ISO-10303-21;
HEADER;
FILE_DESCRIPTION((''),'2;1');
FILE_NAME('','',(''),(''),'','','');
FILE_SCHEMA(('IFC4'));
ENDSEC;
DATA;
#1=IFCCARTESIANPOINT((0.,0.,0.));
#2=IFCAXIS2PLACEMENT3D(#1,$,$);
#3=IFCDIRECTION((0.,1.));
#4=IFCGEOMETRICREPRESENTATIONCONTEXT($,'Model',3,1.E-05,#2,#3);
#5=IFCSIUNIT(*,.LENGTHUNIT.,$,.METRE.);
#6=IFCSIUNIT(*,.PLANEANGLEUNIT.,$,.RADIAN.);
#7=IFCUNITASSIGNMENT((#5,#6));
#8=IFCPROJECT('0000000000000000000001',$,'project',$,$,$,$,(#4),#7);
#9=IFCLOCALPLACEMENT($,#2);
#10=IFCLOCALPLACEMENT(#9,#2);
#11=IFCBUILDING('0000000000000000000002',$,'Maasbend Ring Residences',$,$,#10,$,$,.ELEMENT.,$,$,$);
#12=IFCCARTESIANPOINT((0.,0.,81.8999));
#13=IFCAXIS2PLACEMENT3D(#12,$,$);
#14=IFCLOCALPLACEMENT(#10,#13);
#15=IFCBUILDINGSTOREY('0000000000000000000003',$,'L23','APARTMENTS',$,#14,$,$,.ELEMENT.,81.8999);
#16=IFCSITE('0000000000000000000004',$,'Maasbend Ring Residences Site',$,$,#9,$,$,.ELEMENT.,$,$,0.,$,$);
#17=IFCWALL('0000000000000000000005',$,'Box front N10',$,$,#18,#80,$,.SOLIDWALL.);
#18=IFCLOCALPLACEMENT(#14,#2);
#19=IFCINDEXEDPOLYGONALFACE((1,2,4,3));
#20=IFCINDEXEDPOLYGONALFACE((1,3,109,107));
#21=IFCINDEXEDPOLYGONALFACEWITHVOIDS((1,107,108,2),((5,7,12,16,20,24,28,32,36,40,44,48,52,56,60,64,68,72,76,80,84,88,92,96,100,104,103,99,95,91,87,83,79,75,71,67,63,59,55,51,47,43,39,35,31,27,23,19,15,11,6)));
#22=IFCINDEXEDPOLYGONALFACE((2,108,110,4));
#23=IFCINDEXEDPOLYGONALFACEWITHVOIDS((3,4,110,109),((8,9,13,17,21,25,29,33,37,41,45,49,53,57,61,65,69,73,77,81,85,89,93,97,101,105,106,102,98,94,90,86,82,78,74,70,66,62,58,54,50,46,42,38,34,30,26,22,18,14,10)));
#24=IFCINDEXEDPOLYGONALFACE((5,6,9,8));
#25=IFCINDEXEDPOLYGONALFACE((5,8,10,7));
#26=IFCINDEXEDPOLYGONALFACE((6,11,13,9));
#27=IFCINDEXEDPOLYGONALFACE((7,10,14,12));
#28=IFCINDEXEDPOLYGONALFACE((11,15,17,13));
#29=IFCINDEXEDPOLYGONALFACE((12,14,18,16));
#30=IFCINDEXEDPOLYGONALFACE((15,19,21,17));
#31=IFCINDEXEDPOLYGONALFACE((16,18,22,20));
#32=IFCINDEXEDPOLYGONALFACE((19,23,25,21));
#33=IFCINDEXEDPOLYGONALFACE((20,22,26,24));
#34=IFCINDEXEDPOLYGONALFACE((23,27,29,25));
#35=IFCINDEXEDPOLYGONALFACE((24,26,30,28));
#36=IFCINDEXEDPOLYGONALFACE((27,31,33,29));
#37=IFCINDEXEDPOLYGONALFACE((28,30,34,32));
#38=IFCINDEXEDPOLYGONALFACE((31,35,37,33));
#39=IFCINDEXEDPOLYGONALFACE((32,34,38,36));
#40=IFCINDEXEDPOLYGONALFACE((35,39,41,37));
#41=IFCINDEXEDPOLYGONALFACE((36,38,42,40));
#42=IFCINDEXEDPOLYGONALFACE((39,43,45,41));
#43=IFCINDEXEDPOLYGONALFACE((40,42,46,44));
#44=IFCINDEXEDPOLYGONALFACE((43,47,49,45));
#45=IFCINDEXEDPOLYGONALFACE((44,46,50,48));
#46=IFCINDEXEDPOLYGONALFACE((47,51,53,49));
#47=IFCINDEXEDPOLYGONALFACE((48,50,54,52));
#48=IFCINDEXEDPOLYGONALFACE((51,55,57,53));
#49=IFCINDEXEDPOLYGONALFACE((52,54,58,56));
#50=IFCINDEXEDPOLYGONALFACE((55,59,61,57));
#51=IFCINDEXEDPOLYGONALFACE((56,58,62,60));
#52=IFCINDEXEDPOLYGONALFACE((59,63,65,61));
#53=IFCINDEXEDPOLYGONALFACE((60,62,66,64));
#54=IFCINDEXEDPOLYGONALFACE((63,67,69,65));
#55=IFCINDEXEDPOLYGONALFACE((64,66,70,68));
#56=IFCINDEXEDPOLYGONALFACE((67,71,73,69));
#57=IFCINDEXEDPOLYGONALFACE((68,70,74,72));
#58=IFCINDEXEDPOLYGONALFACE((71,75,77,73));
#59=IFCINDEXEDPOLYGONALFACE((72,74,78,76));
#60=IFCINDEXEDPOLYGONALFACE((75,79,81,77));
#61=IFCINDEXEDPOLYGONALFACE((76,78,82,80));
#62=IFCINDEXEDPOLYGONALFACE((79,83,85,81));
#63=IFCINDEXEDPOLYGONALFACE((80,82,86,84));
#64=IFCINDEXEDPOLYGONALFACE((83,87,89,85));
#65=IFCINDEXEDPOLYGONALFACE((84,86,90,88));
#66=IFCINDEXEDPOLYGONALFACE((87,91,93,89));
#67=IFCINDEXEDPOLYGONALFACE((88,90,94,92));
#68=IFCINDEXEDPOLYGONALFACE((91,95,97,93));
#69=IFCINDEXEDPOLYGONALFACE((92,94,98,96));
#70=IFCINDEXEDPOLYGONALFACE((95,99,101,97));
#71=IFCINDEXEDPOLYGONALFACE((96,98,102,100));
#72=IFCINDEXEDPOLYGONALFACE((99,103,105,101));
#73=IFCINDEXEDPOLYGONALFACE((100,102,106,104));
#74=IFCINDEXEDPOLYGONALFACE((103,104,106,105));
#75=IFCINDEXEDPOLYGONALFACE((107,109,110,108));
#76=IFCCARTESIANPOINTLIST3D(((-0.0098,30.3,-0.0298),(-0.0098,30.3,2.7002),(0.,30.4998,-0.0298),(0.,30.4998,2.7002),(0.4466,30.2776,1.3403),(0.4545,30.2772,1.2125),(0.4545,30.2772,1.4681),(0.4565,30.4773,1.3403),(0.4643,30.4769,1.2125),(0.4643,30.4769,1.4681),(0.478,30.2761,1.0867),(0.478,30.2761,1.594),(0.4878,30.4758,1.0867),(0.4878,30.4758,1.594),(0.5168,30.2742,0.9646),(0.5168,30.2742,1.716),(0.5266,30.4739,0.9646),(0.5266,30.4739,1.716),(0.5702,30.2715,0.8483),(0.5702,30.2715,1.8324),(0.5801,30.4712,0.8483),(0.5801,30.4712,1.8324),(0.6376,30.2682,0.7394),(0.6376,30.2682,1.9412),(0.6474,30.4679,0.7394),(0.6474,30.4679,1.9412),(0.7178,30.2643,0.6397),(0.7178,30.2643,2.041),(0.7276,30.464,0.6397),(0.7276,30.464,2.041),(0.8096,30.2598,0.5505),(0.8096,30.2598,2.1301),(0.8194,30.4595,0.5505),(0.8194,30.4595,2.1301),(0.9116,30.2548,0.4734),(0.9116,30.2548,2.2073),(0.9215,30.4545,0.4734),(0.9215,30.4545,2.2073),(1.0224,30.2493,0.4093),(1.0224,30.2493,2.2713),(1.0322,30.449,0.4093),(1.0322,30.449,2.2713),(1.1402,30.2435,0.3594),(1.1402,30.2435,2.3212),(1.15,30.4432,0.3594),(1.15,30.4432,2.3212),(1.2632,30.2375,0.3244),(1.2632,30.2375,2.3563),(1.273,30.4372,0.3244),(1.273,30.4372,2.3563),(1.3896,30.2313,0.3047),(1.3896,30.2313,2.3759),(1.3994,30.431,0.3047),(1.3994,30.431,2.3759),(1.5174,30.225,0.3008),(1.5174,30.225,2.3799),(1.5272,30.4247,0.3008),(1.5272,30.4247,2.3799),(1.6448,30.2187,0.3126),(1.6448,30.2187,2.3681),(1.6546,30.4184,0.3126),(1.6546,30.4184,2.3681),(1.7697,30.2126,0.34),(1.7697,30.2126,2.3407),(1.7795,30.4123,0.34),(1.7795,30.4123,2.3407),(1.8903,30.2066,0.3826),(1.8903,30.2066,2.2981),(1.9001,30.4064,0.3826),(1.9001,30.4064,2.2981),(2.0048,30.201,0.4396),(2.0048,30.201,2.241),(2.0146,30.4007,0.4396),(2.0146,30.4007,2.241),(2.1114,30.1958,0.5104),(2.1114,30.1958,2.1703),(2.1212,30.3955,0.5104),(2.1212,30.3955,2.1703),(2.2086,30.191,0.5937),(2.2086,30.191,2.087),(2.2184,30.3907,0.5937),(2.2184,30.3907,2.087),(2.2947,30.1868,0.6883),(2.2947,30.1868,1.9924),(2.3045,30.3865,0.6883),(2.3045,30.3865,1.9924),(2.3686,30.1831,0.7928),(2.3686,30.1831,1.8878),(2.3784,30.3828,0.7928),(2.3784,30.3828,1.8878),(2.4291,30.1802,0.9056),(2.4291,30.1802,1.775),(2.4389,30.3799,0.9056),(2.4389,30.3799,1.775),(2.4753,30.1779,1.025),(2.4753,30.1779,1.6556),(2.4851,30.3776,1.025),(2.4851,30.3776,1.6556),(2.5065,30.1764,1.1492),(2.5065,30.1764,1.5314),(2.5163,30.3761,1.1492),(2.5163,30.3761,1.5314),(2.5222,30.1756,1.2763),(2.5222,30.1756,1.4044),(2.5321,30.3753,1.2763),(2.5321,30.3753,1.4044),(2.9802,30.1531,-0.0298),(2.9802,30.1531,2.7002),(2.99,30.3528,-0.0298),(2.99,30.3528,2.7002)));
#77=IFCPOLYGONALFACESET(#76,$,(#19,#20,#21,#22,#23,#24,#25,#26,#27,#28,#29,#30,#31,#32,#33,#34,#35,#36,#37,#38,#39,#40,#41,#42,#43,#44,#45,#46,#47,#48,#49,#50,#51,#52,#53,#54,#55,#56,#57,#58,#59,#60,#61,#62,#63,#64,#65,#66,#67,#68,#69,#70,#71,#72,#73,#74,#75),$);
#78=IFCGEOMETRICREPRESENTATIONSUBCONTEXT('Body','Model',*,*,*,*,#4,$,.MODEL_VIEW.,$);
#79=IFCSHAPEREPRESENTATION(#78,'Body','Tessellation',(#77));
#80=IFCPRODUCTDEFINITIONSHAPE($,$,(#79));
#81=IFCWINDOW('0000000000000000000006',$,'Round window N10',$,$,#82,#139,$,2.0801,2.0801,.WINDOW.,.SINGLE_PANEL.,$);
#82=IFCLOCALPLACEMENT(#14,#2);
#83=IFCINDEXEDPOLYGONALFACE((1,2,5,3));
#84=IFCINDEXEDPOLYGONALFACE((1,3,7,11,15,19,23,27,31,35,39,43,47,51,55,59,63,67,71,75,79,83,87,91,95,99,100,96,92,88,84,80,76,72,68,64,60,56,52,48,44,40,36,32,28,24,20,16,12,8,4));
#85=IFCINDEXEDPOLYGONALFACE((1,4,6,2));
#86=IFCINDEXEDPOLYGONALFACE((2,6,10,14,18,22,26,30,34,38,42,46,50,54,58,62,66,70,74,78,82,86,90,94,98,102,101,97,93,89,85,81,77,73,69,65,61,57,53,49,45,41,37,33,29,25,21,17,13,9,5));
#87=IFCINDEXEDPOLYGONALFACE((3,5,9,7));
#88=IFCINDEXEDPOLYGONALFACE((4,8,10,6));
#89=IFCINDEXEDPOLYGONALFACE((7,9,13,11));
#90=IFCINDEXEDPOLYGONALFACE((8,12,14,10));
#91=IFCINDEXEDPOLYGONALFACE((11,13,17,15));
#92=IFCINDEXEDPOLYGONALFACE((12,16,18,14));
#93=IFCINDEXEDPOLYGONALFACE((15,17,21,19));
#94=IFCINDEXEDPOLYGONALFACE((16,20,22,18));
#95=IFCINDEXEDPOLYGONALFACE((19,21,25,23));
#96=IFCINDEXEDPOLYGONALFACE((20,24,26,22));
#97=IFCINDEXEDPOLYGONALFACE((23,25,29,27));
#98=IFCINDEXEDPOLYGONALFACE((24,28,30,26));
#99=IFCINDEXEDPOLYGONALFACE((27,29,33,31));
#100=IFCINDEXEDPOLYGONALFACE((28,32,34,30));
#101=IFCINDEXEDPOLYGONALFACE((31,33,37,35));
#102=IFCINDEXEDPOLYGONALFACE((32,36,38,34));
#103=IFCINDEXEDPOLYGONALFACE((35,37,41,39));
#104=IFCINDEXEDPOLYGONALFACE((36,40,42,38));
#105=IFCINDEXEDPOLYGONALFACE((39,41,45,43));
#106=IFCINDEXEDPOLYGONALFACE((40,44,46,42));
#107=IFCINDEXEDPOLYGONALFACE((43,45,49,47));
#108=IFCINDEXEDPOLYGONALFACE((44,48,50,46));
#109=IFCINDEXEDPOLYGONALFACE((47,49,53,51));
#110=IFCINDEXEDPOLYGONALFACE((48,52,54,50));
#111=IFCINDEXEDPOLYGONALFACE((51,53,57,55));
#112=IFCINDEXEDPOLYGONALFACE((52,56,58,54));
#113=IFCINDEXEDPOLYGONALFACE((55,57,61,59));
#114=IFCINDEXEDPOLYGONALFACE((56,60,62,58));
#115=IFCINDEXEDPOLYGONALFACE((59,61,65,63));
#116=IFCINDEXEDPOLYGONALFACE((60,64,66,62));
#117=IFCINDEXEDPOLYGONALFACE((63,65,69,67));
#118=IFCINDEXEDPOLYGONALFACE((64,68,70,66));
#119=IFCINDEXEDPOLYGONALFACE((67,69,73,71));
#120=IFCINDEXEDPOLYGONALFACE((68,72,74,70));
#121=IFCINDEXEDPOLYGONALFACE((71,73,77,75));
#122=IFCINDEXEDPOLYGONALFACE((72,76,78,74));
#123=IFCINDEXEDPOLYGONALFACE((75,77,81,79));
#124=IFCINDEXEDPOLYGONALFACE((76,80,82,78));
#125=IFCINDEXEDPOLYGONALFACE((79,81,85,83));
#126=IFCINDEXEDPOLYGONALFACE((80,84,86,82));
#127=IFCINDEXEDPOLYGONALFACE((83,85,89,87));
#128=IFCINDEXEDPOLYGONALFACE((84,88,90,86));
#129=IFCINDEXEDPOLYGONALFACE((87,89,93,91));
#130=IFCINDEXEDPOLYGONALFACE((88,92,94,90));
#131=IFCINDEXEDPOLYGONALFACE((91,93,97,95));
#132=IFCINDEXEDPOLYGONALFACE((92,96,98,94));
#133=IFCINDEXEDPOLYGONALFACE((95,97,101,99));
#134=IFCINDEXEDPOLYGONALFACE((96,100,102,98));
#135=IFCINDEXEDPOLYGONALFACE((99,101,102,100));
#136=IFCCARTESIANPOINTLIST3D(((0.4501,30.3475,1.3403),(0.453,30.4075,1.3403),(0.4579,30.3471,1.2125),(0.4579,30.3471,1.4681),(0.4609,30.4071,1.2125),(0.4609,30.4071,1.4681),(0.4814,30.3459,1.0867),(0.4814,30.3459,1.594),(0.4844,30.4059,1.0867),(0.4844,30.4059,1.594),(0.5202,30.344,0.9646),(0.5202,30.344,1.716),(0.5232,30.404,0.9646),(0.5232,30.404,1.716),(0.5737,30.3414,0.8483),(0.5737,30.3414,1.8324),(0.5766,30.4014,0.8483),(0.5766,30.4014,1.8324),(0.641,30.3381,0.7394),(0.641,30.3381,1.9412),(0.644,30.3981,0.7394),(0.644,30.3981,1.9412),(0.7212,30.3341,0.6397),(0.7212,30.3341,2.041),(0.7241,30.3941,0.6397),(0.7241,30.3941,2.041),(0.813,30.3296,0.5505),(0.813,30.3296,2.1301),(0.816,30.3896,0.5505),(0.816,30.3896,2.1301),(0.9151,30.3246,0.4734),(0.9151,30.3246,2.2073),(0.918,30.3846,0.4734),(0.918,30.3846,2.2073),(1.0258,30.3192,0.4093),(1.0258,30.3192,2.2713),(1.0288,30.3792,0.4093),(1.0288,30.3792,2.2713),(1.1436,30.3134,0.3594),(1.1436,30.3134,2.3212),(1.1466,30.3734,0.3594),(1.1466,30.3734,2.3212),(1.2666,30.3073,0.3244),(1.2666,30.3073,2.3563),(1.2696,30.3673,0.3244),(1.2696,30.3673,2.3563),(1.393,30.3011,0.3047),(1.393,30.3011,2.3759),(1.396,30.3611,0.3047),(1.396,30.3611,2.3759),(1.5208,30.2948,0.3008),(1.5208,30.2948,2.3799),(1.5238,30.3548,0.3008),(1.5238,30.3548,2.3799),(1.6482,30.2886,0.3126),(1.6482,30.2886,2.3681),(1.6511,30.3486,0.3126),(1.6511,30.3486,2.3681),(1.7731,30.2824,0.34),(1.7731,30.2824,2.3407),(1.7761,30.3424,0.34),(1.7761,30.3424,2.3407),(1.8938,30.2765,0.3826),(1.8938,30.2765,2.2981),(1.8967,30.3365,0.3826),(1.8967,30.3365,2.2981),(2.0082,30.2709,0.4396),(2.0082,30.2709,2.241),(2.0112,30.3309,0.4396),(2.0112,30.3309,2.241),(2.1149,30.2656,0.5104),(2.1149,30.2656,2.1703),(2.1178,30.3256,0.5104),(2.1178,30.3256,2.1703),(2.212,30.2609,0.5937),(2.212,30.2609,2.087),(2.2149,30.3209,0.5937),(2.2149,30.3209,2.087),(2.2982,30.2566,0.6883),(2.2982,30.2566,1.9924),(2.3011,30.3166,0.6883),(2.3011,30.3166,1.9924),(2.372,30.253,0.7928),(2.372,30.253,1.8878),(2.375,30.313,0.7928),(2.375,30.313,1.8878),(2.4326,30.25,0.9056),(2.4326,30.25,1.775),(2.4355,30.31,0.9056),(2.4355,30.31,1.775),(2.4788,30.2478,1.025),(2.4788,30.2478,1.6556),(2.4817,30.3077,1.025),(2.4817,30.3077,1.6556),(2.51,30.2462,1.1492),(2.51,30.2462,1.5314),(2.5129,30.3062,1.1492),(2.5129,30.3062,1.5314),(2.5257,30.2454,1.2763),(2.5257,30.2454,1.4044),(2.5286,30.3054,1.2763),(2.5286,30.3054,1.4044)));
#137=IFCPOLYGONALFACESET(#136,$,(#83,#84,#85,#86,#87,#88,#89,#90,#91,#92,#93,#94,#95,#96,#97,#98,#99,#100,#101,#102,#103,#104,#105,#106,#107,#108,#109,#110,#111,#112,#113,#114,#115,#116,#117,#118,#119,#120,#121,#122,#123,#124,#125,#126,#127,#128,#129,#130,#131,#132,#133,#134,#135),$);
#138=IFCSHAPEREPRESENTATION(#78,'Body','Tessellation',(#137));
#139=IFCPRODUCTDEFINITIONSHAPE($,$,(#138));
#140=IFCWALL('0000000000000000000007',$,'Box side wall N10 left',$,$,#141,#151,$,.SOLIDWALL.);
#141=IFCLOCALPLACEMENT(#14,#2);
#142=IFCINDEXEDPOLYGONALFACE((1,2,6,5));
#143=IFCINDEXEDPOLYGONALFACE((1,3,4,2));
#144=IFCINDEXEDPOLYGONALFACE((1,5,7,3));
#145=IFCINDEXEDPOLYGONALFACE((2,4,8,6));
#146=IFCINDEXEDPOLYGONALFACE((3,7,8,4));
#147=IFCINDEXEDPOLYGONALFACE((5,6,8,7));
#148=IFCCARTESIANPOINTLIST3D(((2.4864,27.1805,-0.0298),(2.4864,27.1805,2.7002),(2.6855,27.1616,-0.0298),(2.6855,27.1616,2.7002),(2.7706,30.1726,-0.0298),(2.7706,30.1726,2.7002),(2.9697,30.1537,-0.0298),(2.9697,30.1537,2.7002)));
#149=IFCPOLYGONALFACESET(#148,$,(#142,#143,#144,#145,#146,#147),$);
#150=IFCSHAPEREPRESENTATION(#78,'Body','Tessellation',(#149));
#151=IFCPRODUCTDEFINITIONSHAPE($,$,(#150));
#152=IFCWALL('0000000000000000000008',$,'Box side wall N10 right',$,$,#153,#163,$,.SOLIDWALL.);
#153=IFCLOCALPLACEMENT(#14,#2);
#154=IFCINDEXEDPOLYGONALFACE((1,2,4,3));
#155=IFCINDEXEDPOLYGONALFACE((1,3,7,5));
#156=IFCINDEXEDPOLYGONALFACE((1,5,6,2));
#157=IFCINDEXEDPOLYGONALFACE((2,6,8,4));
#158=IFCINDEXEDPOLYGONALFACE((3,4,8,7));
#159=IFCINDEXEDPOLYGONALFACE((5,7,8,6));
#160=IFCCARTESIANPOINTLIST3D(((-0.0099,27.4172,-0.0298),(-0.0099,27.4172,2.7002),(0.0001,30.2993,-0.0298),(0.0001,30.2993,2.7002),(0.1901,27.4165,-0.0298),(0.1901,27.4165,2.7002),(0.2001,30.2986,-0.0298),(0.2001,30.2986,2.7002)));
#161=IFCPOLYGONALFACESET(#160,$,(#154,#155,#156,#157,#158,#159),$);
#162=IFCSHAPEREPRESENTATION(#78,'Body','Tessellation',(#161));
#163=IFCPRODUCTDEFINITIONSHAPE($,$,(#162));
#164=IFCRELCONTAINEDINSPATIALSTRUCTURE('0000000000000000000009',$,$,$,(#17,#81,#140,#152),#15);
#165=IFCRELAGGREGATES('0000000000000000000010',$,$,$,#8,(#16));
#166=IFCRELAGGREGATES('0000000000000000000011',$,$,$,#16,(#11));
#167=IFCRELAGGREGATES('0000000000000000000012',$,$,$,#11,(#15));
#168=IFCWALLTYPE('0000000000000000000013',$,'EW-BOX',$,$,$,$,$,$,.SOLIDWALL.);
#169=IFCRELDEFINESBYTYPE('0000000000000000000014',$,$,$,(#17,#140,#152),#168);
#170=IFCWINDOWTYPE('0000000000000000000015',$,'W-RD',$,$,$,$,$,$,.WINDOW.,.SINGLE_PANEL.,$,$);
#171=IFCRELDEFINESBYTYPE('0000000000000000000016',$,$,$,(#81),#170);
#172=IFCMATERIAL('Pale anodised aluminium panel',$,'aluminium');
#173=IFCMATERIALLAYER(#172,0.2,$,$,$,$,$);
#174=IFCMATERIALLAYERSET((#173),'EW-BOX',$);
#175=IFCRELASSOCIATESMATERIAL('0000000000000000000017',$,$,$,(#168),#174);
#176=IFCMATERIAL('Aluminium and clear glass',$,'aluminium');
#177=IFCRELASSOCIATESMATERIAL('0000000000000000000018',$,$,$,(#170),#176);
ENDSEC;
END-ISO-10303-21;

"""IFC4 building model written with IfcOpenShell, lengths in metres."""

from ifc_helpers import new_model, si_unit, direction, frame, frame_2d, origin, place, context, subcontext, project, spatial, rectangle, circle, extrude, material, layer, layer_set, type_object, element, fill, save


model = new_model("IFC4")

# Units and contexts
model_context = context("Model", 3, precision=1e-05, world=origin(), true_north=direction((0.0, 1.0)))
body_context = subcontext(model_context, "Body", "Model", "MODEL_VIEW")
ifc_project = project(units=[si_unit("LENGTHUNIT", "METRE"), si_unit("PLANEANGLEUNIT", "RADIAN")], contexts=[model_context])

# Site, building, storey
site_placement = place(None, origin())
site = spatial("IfcSite", under=ifc_project, at=site_placement, Name="Maasbend Ring Residences Site", CompositionType="ELEMENT", RefElevation=0.0)
building_placement = place(site_placement, origin())
building = spatial("IfcBuilding", under=site, at=building_placement, Name="Maasbend Ring Residences", CompositionType="ELEMENT")
storey_placement = place(building_placement, frame((0.0, 0.0, 81.8999)))
storey = spatial("IfcBuildingStorey", under=building, at=storey_placement, Name="L23", Description="APARTMENTS", CompositionType="ELEMENT", Elevation=81.8999)

# Shared definitions
ifc_material_1 = material(Name="Pale anodised aluminium panel", Category="aluminium")
ifc_layer_1 = layer(ifc_material_1, 0.2)
ifc_layer_set_1 = layer_set([ifc_layer_1], Name="EW-BOX")
wall_type_1 = type_object("IfcWallType", Name="EW-BOX", PredefinedType="SOLIDWALL", material=ifc_layer_set_1)
ifc_material_2 = material(Name="Aluminium and clear glass", Category="aluminium")
window_type_1 = type_object("IfcWindowType", Name="W-RD", PartitioningType="SINGLE_PANEL", PredefinedType="WINDOW", material=ifc_material_2)

# Wall, opening, window
wall_1_placement = place(storey_placement, frame((2.9851, 30.2529, -0.0298), z_axis=(0.0, 0.0, 1.0), x_axis=(-0.998794, 0.049096, 0.0)))
wall_1 = element("IfcWall", 1, at=wall_1_placement, inside=storey, type_object=wall_type_1, Name="Box front N10", PredefinedType="SOLIDWALL", context=body_context, shape_type="SweptSolid", body=[
    extrude(rectangle(XDim=2.9937, YDim=0.2, at=frame_2d((1.4968, 0.0))), origin(), (0.0, 0.0, 1.0), 2.73),
])
opening_1_placement = place(wall_1_placement, frame((0.4565, 0.0, 0.3301)))
opening_1 = element("IfcOpeningElement", 2, at=opening_1_placement, cuts=wall_1, PredefinedType="OPENING", context=body_context, shape_type="SweptSolid", body=[
    extrude(circle(Radius=1.04, at=frame_2d((1.04, 1.04))), frame((0.0, 0.1099, 0.0), z_axis=(0.0, -1.0, 0.0), x_axis=(1.0, 0.0, 0.0)), (0.0, 0.0, 1.0), 0.22),
])
window_1_placement = place(opening_1_placement, origin())
window_1 = element("IfcWindow", 3, at=window_1_placement, inside=storey, type_object=window_type_1, Name="Round window N10", OverallHeight=2.0801, OverallWidth=2.0801, PartitioningType="SINGLE_PANEL", PredefinedType="WINDOW", context=body_context, shape_type="SweptSolid", body=[
    extrude(circle(Radius=1.04, at=frame_2d((1.04, 1.04))), frame((0.0, 0.03, 0.0), z_axis=(0.0, -1.0, 0.0), x_axis=(1.0, 0.0, 0.0)), (0.0, 0.0, 1.0), 0.0601),
])
fill(opening_1, window_1)

# Walls
wall_2_placement = place(storey_placement, frame((2.5859, 27.1709, -0.0298), z_axis=(0.0, 0.0, 1.0), x_axis=(0.094548, 0.99552, 0.0)))
element("IfcWall", 4, at=wall_2_placement, inside=storey, type_object=wall_type_1, Name="Box side wall N10 left", PredefinedType="SOLIDWALL", context=body_context, shape_type="SweptSolid", body=[
    extrude(rectangle(XDim=3.0056, YDim=0.2, at=frame_2d((1.5029, 0.0))), origin(), (0.0, 0.0, 1.0), 2.73),
])
wall_3_placement = place(storey_placement, frame((0.0901, 27.417, -0.0298), z_axis=(0.0, 0.0, 1.0), x_axis=(0.003473, 0.999994, 0.0)))
element("IfcWall", 5, at=wall_3_placement, inside=storey, type_object=wall_type_1, Name="Box side wall N10 right", PredefinedType="SOLIDWALL", context=body_context, shape_type="SweptSolid", body=[
    extrude(rectangle(XDim=2.8821, YDim=0.2, at=frame_2d((1.4409, 0.0))), origin(), (0.0, 0.0, 1.0), 2.73),
])

save(model, "model.ifc")
